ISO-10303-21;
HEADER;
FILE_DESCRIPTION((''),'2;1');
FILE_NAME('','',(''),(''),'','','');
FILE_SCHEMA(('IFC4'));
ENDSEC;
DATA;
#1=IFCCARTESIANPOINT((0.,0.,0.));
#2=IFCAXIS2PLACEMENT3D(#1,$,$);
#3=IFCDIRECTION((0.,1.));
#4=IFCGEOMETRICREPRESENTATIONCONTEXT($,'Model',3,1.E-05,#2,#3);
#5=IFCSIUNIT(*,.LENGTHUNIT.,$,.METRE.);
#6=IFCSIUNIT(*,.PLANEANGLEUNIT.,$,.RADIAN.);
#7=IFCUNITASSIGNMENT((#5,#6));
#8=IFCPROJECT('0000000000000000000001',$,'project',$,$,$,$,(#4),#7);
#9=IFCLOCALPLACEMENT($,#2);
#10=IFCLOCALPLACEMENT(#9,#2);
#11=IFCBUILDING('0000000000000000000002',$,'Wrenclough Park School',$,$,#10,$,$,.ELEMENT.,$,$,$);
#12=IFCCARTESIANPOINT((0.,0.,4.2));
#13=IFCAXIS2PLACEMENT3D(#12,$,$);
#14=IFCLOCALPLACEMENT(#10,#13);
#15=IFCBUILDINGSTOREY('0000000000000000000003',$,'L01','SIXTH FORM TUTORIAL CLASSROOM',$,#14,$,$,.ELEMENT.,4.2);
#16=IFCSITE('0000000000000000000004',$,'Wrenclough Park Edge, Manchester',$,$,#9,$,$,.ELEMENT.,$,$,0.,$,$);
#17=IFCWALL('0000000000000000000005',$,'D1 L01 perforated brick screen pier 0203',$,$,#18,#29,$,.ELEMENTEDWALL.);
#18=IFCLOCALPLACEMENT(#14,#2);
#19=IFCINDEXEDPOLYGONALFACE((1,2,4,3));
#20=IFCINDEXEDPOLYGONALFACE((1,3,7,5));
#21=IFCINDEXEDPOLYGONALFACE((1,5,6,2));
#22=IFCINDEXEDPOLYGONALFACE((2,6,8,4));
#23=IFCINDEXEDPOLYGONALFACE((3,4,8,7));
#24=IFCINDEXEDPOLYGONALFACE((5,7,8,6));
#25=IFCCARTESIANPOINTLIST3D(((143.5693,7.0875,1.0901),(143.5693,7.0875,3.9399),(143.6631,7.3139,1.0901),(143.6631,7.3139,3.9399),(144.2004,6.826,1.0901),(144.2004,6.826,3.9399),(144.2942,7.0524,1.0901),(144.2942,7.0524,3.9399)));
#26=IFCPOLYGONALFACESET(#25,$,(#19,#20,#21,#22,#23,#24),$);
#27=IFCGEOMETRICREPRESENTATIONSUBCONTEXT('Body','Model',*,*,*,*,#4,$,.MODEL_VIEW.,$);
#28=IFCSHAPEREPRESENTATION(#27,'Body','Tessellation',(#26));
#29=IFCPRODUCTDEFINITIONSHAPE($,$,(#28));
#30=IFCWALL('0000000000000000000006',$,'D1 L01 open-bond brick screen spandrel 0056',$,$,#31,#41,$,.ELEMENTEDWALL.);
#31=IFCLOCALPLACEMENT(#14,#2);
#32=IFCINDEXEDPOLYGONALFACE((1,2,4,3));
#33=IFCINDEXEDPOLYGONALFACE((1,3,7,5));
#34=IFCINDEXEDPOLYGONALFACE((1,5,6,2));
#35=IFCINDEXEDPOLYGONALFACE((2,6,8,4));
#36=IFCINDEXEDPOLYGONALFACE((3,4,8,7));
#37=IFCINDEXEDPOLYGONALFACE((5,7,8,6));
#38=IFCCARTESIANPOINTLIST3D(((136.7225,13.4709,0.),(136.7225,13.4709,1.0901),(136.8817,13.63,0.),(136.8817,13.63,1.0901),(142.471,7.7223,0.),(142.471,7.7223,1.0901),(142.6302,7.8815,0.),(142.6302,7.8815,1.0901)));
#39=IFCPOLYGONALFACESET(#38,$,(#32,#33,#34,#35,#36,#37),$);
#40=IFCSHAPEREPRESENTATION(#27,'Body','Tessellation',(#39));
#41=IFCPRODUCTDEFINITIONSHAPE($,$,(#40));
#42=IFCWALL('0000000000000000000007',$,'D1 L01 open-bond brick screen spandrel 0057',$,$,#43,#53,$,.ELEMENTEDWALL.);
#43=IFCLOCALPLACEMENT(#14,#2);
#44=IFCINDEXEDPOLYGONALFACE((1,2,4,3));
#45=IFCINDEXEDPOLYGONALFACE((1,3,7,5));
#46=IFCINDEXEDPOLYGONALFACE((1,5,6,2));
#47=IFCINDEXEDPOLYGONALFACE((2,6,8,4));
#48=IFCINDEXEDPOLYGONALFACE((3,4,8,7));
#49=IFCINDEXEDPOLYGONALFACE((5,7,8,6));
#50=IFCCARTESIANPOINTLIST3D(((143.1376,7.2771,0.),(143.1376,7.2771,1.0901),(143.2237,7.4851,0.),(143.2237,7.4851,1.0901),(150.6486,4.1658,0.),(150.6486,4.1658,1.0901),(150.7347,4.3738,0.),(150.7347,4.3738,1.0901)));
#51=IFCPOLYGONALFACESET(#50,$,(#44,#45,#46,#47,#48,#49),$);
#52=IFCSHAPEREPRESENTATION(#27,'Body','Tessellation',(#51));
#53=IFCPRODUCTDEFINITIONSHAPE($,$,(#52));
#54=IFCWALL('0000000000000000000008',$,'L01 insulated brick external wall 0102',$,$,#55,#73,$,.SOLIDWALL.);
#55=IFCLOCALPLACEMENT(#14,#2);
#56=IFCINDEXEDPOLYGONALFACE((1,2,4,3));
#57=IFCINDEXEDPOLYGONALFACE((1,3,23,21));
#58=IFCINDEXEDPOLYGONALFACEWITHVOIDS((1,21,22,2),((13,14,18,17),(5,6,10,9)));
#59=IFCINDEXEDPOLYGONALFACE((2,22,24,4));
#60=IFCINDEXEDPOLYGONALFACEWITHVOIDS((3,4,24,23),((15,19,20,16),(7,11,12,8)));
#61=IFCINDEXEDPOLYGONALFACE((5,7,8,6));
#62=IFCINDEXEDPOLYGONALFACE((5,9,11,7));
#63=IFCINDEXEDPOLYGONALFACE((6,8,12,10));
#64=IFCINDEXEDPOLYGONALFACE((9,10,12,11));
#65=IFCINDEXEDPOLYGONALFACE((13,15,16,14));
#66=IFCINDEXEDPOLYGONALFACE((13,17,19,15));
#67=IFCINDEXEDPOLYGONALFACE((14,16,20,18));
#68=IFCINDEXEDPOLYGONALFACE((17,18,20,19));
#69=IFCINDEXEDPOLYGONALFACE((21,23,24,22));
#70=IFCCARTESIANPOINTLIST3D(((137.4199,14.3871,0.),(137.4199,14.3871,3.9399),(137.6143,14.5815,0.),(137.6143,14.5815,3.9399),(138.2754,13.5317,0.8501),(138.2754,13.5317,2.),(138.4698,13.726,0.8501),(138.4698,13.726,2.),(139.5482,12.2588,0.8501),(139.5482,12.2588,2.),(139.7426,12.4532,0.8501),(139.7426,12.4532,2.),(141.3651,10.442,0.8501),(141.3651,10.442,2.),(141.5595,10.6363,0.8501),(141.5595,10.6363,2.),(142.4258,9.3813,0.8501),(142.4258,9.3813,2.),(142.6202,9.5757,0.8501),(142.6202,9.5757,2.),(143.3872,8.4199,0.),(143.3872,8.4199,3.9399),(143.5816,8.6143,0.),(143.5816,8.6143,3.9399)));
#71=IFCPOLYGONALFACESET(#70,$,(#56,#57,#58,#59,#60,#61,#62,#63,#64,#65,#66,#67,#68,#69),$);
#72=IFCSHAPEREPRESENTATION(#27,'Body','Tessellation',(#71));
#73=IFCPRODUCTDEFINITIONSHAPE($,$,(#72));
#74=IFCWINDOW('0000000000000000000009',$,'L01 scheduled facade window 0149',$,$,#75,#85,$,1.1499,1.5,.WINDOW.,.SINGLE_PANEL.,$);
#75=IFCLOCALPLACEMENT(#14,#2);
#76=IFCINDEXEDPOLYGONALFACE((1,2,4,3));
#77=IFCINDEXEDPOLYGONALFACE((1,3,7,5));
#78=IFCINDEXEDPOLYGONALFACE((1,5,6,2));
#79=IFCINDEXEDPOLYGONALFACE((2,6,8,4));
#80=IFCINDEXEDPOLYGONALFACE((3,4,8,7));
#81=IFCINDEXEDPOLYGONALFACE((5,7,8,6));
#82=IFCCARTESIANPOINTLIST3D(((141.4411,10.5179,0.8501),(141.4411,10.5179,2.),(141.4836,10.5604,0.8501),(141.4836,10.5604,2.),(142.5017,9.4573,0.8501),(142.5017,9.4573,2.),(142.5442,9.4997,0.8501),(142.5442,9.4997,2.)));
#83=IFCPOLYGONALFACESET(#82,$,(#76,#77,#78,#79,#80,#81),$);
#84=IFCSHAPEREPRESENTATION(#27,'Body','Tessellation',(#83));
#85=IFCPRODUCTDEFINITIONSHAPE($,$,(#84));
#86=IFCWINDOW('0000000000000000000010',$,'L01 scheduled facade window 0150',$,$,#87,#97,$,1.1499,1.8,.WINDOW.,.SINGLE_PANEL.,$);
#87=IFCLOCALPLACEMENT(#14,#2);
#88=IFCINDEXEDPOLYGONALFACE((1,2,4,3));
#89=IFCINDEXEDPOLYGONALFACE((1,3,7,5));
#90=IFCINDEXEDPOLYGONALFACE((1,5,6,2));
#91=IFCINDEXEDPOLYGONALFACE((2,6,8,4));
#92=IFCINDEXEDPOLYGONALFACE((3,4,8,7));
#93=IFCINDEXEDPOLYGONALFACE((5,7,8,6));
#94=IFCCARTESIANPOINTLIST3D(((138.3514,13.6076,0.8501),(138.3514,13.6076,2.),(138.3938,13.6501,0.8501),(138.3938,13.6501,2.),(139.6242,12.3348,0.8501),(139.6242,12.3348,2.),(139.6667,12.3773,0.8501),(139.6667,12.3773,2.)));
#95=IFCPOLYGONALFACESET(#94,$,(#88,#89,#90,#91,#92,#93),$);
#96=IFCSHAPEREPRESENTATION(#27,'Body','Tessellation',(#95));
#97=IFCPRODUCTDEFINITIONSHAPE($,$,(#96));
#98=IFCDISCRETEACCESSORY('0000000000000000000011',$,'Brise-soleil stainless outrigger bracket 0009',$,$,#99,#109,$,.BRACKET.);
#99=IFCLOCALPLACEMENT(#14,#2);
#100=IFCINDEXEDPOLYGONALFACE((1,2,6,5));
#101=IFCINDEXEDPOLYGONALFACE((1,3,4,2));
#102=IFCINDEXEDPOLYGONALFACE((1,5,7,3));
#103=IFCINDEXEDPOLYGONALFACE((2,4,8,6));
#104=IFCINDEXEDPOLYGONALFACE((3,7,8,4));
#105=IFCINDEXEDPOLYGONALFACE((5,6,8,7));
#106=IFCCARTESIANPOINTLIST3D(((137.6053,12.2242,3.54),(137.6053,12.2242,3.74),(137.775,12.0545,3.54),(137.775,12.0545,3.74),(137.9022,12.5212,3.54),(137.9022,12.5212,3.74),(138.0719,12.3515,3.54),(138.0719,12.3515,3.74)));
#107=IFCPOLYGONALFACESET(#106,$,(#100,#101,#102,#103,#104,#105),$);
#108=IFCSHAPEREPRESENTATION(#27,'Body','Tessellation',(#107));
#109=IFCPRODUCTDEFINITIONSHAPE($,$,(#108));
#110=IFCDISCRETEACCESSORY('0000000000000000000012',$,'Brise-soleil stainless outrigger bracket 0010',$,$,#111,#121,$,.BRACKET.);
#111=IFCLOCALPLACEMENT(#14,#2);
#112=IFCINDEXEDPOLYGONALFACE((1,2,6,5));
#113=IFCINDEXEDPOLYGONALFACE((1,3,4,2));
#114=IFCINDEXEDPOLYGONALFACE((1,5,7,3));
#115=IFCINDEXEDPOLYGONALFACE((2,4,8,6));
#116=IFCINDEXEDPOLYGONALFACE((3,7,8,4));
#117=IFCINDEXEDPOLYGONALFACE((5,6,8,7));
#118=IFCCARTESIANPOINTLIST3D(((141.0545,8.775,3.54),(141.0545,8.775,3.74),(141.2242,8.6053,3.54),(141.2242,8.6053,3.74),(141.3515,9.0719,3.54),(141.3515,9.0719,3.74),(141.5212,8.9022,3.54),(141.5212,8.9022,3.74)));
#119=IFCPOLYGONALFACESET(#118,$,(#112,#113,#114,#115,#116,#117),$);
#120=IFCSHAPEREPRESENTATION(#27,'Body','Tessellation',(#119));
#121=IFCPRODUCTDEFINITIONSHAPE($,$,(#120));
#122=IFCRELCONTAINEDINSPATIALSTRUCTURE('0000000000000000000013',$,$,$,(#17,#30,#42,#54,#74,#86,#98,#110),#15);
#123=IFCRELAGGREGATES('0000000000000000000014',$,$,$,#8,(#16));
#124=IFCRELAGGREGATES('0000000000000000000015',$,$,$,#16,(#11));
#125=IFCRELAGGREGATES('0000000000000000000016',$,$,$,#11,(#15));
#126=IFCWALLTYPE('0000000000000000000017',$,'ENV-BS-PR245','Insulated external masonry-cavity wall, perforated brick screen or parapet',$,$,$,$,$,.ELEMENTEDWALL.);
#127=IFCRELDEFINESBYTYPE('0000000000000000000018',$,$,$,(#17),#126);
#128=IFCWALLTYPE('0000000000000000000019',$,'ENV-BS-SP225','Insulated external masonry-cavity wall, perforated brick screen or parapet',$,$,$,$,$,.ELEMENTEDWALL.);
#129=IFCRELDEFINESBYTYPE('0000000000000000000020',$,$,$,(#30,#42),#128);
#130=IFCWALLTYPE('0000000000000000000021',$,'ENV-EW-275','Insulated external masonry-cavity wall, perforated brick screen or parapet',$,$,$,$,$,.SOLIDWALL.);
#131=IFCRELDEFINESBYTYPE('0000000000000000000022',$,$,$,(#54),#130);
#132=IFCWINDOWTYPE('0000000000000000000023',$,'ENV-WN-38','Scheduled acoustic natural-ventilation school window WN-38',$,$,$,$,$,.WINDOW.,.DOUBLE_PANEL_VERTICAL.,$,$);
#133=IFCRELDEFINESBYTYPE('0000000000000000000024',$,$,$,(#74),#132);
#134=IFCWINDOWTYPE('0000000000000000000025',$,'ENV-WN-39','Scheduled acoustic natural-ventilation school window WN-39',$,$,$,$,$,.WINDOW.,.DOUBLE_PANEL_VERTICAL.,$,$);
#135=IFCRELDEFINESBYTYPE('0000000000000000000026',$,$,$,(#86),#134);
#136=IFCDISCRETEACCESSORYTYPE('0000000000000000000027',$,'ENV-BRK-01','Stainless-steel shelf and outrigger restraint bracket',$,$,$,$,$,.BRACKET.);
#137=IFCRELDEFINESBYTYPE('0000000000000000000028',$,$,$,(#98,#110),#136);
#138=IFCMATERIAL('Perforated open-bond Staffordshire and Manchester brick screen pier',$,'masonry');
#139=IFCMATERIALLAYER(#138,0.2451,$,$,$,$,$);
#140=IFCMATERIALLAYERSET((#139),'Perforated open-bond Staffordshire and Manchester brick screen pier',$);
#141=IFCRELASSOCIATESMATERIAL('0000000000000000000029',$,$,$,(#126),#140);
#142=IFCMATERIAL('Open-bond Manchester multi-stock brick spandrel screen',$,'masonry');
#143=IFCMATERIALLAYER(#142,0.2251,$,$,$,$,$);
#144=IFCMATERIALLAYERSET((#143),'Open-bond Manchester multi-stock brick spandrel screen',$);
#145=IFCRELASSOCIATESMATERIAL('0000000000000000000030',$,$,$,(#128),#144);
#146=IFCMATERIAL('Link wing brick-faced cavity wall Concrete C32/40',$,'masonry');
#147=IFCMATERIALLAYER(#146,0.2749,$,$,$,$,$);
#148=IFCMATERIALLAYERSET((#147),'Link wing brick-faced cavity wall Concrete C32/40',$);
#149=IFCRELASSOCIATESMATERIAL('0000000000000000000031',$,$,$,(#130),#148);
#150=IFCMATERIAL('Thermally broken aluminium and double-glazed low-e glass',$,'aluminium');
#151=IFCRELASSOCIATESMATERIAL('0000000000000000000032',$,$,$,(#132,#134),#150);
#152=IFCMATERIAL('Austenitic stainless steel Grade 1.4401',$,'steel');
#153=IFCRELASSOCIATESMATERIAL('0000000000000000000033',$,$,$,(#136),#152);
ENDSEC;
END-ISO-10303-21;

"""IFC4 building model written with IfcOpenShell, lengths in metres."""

from ifc_helpers import new_model, si_unit, direction, frame, frame_2d, origin, origin_2d, place, context, subcontext, project, spatial, rectangle, extrude, material, layer, layer_set, type_object, element, fill, save


model = new_model("IFC4")

# Units and contexts
model_context = context("Model", 3, precision=1e-05, world=origin(), true_north=direction((0.0, 1.0)))
body_context = subcontext(model_context, "Body", "Model", "MODEL_VIEW")
ifc_project = project(units=[si_unit("LENGTHUNIT", "METRE"), si_unit("PLANEANGLEUNIT", "RADIAN")], contexts=[model_context])

# Site, building, storey
site_placement = place(None, origin())
site = spatial("IfcSite", under=ifc_project, at=site_placement, Name="Wrenclough Park Edge, Manchester", CompositionType="ELEMENT", RefElevation=0.0)
building_placement = place(site_placement, origin())
building = spatial("IfcBuilding", under=site, at=building_placement, Name="Wrenclough Park School", CompositionType="ELEMENT")
storey_placement = place(building_placement, frame((0.0, 0.0, 4.2)))
storey = spatial("IfcBuildingStorey", under=building, at=storey_placement, Name="L01", Description="SIXTH FORM TUTORIAL CLASSROOM", CompositionType="ELEMENT", Elevation=4.2)

# Walls
ifc_material_1 = material(Name="Perforated open-bond Staffordshire and Manchester brick screen pier", Category="masonry")
ifc_layer_1 = layer(ifc_material_1, 0.2451)
ifc_layer_set_1 = layer_set([ifc_layer_1], Name="Perforated open-bond Staffordshire and Manchester brick screen pier")
wall_type_1 = type_object("IfcWallType", Name="ENV-BS-PR245", Description="Insulated external masonry-cavity wall, perforated brick screen or parapet", PredefinedType="ELEMENTEDWALL", material=ifc_layer_set_1)
wall_1_placement = place(storey_placement, frame((143.6162, 7.2007, 1.0901), z_axis=(0.0, 0.0, 1.0), x_axis=(0.923847, -0.382762, 0.0)))
element("IfcWall", 1, at=wall_1_placement, inside=storey, type_object=wall_type_1, Name="D1 L01 perforated brick screen pier 0203", PredefinedType="ELEMENTEDWALL", context=body_context, shape_type="SweptSolid", body=[
    extrude(rectangle(XDim=0.6831, YDim=0.2451, at=frame_2d((0.3416, 0.0))), origin(), (0.0, 0.0, 1.0), 2.8499),
])
ifc_material_2 = material(Name="Open-bond Manchester multi-stock brick spandrel screen", Category="masonry")
ifc_layer_2 = layer(ifc_material_2, 0.2251)
ifc_layer_set_2 = layer_set([ifc_layer_2], Name="Open-bond Manchester multi-stock brick spandrel screen")
wall_type_2 = type_object("IfcWallType", Name="ENV-BS-SP225", Description="Insulated external masonry-cavity wall, perforated brick screen or parapet", PredefinedType="ELEMENTEDWALL", material=ifc_layer_set_2)
wall_2_placement = place(storey_placement, frame((136.802, 13.5505, 0.0), z_axis=(0.0, 0.0, 1.0), x_axis=(0.707107, -0.707107, 0.0)))
element("IfcWall", 2, at=wall_2_placement, inside=storey, type_object=wall_type_2, Name="D1 L01 open-bond brick screen spandrel 0056", PredefinedType="ELEMENTEDWALL", context=body_context, shape_type="SweptSolid", body=[
    extrude(rectangle(XDim=8.1296, YDim=0.2251, at=frame_2d((4.0649, 0.0))), origin(), (0.0, 0.0, 1.0), 1.0901),
])
wall_3_placement = place(storey_placement, frame((143.1807, 7.3811, 0.0), z_axis=(0.0, 0.0, 1.0), x_axis=(0.923872, -0.382702, 0.0)))
element("IfcWall", 3, at=wall_3_placement, inside=storey, type_object=wall_type_2, Name="D1 L01 open-bond brick screen spandrel 0057", PredefinedType="ELEMENTEDWALL", context=body_context, shape_type="SweptSolid", body=[
    extrude(rectangle(XDim=8.1299, YDim=0.2251, at=frame_2d((4.0649, 0.0))), origin(), (0.0, 0.0, 1.0), 1.0901),
])

# Wall, openings, windows
ifc_material_3 = material(Name="Link wing brick-faced cavity wall Concrete C32/40", Category="masonry")
ifc_layer_3 = layer(ifc_material_3, 0.2749)
ifc_layer_set_3 = layer_set([ifc_layer_3], Name="Link wing brick-faced cavity wall Concrete C32/40")
wall_type_3 = type_object("IfcWallType", Name="ENV-EW-275", Description="Insulated external masonry-cavity wall, perforated brick screen or parapet", PredefinedType="SOLIDWALL", material=ifc_layer_set_3)
wall_4_placement = place(storey_placement, frame((143.4844, 8.5171, 0.0), z_axis=(0.0, 0.0, 1.0), x_axis=(-0.707107, 0.707107, 0.0)))
wall_4 = element("IfcWall", 4, at=wall_4_placement, inside=storey, type_object=wall_type_3, Name="L01 insulated brick external wall 0102", PredefinedType="SOLIDWALL", context=body_context, shape_type="SweptSolid", body=[
    extrude(rectangle(XDim=8.439, YDim=0.2749, at=frame_2d((4.2195, 0.0))), origin(), (0.0, 0.0, 1.0), 3.9399),
])
opening_1_placement = place(wall_4_placement, frame((1.3596, 0.0, 0.8501)))
opening_1 = element("IfcOpeningElement", 5, at=opening_1_placement, cuts=wall_4, PredefinedType="OPENING", context=body_context, shape_type="SweptSolid", body=[
    extrude(rectangle(XDim=1.5, YDim=1.1499, at=frame_2d((0.75, 0.575))), frame((0.0, 0.1475, 0.0), z_axis=(0.0, -1.0, 0.0), x_axis=(1.0, 0.0, 0.0)), (0.0, 0.0, 1.0), 0.2949),
])
opening_2_placement = place(wall_4_placement, frame((5.4292, 0.0, 0.8501)))
opening_2 = element("IfcOpeningElement", 6, at=opening_2_placement, cuts=wall_4, PredefinedType="OPENING", context=body_context, shape_type="SweptSolid", body=[
    extrude(rectangle(XDim=1.8, YDim=1.1499, at=frame_2d((0.8999, 0.575))), frame((0.0, 0.1475, 0.0), z_axis=(0.0, -1.0, 0.0), x_axis=(1.0, 0.0, 0.0)), (0.0, 0.0, 1.0), 0.2949),
])
ifc_material_4 = material(Name="Thermally broken aluminium and double-glazed low-e glass", Category="aluminium")
window_type_1 = type_object("IfcWindowType", Name="ENV-WN-38", Description="Scheduled acoustic natural-ventilation school window WN-38", PartitioningType="DOUBLE_PANEL_VERTICAL", PredefinedType="WINDOW", material=ifc_material_4)
window_1_placement = place(opening_1_placement, origin())
window_1 = element("IfcWindow", 7, at=window_1_placement, inside=storey, type_object=window_type_1, Name="L01 scheduled facade window 0149", OverallHeight=1.1499, OverallWidth=1.5, PartitioningType="SINGLE_PANEL", PredefinedType="WINDOW", context=body_context, shape_type="SweptSolid", body=[
    extrude(rectangle(XDim=1.5, YDim=1.1499, at=frame_2d((0.75, 0.575))), frame((0.0, 0.03, 0.0), z_axis=(0.0, -1.0, 0.0), x_axis=(1.0, 0.0, 0.0)), (0.0, 0.0, 1.0), 0.0601),
])
fill(opening_1, window_1)
window_type_2 = type_object("IfcWindowType", Name="ENV-WN-39", Description="Scheduled acoustic natural-ventilation school window WN-39", PartitioningType="DOUBLE_PANEL_VERTICAL", PredefinedType="WINDOW", material=ifc_material_4)
window_2_placement = place(opening_2_placement, origin())
window_2 = element("IfcWindow", 8, at=window_2_placement, inside=storey, type_object=window_type_2, Name="L01 scheduled facade window 0150", OverallHeight=1.1499, OverallWidth=1.8, PartitioningType="SINGLE_PANEL", PredefinedType="WINDOW", context=body_context, shape_type="SweptSolid", body=[
    extrude(rectangle(XDim=1.8, YDim=1.1499, at=frame_2d((0.8999, 0.575))), frame((0.0, 0.03, 0.0), z_axis=(0.0, -1.0, 0.0), x_axis=(1.0, 0.0, 0.0)), (0.0, 0.0, 1.0), 0.0601),
])
fill(opening_2, window_2)

# Discrete accessories
ifc_material_5 = material(Name="Austenitic stainless steel Grade 1.4401", Category="steel")
discrete_accessory_type = type_object("IfcDiscreteAccessoryType", Name="ENV-BRK-01", Description="Stainless-steel shelf and outrigger restraint bracket", PredefinedType="BRACKET", material=ifc_material_5)
for number, where, z_axis, x_axis, name in (
    (9, (137.8386, 12.2878, 3.54), (0.0, 0.0, 1.0), (0.707107, -0.707107, 0.0), "Brise-soleil stainless outrigger bracket 0009"),
    (10, (141.2878, 8.8386, 3.54), (0.0, 0.0, 1.0), (0.707107, -0.707107, 0.0), "Brise-soleil stainless outrigger bracket 0010"),
):
    element("IfcDiscreteAccessory", number, at=place(storey_placement, frame(where, z_axis=z_axis, x_axis=x_axis)), inside=storey, type_object=discrete_accessory_type, Name=name, PredefinedType="BRACKET", context=body_context, shape_type="SweptSolid", body=[
        extrude(rectangle(XDim=0.24, YDim=0.4199, at=origin_2d()), origin(), (0.0, 0.0, 1.0), 0.2),
    ])

save(model, "model.ifc")
